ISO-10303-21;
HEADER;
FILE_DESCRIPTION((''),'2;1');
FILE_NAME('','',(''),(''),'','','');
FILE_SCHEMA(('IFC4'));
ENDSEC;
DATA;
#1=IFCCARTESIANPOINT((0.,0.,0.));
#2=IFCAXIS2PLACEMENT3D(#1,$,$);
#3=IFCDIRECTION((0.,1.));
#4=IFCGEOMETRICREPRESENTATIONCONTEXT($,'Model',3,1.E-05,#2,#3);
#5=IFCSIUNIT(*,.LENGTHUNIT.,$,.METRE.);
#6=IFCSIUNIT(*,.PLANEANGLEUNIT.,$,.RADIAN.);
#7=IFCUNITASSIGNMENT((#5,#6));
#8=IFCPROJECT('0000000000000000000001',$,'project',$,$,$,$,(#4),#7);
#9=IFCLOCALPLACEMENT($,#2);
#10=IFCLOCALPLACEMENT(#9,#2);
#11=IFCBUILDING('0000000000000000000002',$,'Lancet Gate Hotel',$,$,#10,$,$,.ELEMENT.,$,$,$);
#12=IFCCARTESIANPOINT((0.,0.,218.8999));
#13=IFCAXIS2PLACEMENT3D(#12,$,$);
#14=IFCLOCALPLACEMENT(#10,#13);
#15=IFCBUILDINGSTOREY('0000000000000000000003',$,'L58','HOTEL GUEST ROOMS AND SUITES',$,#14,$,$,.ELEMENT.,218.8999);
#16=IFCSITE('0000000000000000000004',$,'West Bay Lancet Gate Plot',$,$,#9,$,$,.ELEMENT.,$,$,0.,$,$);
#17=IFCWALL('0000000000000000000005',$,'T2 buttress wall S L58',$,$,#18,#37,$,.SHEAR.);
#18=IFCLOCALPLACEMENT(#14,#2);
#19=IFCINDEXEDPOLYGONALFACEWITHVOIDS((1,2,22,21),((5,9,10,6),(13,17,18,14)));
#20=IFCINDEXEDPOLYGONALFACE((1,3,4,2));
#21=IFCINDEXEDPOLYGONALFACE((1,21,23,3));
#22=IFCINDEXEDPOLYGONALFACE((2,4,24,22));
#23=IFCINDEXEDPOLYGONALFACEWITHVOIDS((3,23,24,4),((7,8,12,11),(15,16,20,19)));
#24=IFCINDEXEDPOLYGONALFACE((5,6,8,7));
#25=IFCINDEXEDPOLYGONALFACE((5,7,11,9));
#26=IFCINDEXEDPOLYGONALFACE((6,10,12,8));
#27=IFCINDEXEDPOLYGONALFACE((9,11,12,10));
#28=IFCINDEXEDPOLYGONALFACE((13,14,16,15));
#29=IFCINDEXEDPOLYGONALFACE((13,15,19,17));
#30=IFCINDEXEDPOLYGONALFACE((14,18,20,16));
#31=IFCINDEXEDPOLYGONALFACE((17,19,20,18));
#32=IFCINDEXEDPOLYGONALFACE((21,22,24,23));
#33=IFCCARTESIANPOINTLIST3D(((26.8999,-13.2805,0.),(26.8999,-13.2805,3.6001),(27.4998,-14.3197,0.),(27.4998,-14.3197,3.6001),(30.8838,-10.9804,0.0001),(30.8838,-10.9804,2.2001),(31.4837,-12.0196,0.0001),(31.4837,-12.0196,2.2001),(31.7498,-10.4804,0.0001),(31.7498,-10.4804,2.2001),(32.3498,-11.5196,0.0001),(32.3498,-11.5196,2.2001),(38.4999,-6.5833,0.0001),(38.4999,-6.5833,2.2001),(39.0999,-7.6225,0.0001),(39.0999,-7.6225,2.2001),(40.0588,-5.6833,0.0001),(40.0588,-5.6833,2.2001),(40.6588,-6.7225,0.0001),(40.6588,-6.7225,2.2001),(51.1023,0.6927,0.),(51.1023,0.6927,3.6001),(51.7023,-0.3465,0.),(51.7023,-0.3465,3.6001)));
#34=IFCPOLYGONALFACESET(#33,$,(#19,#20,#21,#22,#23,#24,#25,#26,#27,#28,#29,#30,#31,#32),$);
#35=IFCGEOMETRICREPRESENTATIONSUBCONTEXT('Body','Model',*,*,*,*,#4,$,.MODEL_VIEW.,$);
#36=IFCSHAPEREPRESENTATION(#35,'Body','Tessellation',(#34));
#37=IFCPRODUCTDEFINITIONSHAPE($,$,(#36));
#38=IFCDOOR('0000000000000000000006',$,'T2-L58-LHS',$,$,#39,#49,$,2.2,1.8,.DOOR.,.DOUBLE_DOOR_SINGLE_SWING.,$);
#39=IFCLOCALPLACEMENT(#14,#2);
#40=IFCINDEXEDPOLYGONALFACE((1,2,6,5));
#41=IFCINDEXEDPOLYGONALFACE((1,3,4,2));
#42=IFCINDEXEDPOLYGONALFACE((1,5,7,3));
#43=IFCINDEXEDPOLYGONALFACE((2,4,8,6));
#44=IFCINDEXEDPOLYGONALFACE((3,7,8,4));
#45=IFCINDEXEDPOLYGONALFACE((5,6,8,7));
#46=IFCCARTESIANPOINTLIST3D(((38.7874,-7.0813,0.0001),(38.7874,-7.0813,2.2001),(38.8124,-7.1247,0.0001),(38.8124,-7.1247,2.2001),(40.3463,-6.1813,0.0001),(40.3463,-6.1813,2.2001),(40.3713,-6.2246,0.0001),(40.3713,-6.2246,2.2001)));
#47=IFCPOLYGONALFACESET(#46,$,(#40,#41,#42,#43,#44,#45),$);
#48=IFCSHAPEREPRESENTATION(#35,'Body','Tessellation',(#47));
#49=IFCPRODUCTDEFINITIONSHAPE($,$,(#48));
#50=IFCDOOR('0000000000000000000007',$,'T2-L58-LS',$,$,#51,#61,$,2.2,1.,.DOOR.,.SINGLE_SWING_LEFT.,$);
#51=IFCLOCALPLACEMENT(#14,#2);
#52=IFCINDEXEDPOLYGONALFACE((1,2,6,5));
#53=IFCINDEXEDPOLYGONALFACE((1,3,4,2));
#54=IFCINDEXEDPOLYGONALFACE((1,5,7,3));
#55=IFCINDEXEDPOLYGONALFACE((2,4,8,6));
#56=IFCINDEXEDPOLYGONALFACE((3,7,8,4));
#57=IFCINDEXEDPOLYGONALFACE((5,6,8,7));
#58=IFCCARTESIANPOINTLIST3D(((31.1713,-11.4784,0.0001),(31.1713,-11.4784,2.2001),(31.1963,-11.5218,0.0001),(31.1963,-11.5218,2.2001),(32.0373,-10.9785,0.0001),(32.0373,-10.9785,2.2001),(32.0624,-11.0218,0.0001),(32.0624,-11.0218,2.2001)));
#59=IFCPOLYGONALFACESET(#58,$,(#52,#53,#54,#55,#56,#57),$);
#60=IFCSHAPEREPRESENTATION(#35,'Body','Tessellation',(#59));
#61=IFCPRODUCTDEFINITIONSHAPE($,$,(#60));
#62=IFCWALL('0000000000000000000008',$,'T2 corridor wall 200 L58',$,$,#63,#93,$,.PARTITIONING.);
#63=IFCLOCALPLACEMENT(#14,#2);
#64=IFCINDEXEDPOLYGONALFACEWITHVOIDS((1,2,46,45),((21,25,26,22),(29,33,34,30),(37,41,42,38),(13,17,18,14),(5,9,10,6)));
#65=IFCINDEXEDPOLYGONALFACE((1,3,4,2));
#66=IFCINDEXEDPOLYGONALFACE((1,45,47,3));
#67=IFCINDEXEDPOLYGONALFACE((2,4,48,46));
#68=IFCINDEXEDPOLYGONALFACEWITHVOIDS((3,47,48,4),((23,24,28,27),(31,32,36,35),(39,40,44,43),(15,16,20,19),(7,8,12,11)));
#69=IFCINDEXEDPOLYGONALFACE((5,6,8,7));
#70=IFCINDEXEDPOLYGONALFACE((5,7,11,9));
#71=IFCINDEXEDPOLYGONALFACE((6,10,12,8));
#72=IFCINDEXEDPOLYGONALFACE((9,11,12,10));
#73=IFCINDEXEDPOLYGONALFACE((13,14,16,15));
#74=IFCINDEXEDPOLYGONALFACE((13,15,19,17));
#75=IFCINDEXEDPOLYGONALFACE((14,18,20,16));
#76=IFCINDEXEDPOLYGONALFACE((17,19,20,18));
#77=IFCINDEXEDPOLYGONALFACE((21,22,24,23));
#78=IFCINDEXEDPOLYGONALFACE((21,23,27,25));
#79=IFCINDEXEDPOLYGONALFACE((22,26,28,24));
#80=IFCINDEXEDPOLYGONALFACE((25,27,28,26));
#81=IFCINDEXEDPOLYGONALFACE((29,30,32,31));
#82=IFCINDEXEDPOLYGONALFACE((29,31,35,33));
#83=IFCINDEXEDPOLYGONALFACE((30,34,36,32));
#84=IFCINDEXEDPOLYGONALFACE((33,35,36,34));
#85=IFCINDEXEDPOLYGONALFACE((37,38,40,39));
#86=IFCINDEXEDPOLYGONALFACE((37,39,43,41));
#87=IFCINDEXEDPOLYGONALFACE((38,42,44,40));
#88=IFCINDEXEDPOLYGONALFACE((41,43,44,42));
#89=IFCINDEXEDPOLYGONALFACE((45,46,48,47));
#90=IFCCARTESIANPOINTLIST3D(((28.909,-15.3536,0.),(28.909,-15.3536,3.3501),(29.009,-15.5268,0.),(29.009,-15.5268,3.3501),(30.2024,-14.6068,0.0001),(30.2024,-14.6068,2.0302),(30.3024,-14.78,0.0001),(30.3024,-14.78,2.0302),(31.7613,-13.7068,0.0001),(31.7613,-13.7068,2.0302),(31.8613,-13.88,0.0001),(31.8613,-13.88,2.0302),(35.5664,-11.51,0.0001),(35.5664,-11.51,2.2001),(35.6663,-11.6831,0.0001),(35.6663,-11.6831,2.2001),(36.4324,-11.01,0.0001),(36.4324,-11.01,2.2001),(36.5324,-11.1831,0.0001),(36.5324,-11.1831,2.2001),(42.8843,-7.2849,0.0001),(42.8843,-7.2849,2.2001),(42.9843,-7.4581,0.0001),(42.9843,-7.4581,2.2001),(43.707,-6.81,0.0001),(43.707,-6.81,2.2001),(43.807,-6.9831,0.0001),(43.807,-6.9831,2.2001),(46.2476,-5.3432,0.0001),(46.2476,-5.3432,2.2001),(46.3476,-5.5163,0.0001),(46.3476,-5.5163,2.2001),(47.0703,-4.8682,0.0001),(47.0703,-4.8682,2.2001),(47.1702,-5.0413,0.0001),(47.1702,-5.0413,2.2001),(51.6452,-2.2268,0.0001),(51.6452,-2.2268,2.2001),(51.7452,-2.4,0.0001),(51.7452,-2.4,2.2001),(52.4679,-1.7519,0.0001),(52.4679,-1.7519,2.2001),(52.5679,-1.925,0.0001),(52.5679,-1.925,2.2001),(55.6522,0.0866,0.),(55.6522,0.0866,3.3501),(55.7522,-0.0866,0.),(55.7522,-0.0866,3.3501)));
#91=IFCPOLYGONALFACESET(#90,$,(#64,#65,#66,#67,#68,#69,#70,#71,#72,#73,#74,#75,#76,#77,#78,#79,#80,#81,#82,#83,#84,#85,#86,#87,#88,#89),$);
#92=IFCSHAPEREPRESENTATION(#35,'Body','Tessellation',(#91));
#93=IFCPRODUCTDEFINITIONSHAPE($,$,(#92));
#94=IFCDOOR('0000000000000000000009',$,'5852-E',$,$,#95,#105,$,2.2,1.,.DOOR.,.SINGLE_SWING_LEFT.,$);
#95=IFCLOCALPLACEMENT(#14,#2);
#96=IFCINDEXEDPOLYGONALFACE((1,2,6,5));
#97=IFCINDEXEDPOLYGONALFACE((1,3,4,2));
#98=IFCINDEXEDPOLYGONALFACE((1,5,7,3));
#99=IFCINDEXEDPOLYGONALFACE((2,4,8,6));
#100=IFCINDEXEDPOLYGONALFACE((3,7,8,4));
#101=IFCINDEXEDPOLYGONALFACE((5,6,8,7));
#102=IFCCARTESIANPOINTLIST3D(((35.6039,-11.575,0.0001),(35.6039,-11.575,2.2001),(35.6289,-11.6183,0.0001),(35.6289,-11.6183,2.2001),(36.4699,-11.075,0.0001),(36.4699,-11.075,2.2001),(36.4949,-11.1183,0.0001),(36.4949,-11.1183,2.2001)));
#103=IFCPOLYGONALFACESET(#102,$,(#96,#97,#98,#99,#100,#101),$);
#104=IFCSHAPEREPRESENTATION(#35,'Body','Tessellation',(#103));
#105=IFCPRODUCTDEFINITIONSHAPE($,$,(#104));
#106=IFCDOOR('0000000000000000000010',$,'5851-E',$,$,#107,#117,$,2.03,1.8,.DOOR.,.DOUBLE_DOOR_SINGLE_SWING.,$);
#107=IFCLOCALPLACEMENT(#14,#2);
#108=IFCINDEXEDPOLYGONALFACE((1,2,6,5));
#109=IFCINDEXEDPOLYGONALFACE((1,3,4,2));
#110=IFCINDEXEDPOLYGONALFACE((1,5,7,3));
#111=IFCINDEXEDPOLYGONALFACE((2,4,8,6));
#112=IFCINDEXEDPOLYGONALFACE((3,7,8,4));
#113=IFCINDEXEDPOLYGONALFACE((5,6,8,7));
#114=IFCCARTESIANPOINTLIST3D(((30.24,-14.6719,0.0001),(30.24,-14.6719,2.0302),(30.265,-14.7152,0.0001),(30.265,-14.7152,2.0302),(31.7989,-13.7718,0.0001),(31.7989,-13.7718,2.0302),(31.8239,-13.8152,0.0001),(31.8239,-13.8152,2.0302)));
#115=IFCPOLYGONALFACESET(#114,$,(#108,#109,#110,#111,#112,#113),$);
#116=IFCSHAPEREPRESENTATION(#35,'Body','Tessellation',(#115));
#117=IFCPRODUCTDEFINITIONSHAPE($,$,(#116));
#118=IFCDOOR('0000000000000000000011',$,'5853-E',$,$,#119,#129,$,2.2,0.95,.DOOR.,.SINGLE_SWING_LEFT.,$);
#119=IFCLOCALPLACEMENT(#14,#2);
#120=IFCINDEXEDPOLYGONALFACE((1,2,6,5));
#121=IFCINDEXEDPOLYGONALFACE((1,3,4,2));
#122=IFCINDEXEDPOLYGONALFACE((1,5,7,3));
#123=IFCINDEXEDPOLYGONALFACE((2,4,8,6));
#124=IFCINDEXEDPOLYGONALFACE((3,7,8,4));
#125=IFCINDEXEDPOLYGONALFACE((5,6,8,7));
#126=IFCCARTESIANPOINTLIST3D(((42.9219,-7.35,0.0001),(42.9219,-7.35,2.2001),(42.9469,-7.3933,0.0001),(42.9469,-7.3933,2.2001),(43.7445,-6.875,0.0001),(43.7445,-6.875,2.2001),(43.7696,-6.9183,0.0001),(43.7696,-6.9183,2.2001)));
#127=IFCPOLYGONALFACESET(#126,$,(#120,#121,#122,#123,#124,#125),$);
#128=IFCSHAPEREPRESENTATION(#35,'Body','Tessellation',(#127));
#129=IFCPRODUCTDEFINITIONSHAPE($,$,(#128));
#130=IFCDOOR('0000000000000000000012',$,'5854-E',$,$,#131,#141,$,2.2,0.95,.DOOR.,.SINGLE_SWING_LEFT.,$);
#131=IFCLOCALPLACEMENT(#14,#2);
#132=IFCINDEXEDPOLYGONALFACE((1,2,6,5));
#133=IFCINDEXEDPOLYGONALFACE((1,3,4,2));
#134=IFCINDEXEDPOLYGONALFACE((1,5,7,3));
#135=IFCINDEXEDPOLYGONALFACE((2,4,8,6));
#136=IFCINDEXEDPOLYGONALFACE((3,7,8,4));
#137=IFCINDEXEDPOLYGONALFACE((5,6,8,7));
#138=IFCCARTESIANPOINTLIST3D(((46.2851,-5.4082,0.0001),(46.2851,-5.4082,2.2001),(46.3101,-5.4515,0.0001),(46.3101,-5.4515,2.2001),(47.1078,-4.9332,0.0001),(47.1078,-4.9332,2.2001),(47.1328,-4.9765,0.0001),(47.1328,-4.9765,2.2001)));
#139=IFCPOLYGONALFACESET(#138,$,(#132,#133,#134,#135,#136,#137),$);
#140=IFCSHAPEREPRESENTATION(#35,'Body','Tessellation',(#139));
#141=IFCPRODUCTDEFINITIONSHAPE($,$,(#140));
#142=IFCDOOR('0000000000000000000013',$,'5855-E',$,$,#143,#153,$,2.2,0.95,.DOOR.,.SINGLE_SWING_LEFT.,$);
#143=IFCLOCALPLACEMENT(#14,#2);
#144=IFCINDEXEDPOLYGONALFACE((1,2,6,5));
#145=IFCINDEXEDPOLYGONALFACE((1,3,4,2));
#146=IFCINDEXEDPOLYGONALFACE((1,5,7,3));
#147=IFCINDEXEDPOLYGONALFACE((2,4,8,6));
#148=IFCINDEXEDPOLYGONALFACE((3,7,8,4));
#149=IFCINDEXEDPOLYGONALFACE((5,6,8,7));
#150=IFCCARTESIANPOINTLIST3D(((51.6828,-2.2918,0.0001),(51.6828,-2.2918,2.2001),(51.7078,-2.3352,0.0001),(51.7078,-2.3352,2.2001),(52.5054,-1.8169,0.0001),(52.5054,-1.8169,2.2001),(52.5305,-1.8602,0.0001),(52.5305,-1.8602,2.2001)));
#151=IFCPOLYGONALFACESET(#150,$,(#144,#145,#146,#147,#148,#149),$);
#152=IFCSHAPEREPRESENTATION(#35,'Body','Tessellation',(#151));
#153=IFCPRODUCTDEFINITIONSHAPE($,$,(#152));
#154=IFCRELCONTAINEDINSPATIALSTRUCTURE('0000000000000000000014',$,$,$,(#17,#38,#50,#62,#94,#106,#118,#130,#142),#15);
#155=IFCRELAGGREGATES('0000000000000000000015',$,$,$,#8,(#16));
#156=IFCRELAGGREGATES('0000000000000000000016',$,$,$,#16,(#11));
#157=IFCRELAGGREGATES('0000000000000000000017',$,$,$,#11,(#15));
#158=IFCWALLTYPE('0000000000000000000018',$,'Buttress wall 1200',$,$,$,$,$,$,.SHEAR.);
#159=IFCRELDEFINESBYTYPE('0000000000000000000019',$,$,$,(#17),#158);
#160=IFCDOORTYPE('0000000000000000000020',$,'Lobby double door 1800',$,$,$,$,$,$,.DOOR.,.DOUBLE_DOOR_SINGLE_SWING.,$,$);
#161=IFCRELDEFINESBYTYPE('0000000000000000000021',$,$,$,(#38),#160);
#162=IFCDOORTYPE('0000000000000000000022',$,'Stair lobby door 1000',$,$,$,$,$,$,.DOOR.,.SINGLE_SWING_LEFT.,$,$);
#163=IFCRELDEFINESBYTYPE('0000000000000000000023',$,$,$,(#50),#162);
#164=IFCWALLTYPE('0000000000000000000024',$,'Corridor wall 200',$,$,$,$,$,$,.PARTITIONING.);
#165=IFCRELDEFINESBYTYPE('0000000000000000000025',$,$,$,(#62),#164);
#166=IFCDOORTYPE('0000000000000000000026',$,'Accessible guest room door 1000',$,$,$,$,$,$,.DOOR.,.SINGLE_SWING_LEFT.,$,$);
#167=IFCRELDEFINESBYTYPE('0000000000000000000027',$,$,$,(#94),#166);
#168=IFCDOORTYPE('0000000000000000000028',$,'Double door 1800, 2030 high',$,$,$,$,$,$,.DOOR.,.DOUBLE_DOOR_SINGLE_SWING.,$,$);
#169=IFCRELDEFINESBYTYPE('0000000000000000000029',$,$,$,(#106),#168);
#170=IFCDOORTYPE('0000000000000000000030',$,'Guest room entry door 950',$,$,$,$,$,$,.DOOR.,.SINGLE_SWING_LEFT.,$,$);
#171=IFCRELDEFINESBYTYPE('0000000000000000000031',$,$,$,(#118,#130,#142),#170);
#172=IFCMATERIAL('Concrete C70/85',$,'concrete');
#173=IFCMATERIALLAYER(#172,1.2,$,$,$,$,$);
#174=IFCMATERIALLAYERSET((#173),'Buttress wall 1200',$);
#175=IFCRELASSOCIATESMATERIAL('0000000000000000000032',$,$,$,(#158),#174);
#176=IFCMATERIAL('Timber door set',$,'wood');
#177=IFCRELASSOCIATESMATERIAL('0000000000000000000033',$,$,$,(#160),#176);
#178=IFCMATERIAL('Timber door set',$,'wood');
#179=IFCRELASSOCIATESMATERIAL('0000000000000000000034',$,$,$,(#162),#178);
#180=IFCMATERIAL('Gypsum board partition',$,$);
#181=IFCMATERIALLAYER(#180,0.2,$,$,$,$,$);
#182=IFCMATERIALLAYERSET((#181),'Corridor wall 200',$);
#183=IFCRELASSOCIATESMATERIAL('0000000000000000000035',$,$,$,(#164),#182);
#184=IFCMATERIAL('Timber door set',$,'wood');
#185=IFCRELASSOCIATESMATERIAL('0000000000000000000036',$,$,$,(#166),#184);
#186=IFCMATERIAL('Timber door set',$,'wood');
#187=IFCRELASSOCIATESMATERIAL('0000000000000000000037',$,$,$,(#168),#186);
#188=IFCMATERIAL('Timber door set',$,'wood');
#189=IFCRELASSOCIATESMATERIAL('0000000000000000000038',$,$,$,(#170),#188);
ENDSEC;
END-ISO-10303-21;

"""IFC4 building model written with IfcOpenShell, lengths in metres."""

from ifc_helpers import new_model, si_unit, direction, frame, frame_2d, origin, place, context, subcontext, project, spatial, rectangle, extrude, material, layer, layer_set, type_object, element, fill, save


model = new_model("IFC4")

# Units and contexts
model_context = context("Model", 3, precision=1e-05, world=origin(), true_north=direction((0.0, 1.0)))
body_context = subcontext(model_context, "Body", "Model", "MODEL_VIEW")
ifc_project = project(units=[si_unit("LENGTHUNIT", "METRE"), si_unit("PLANEANGLEUNIT", "RADIAN")], contexts=[model_context])

# Site, building, storey
site_placement = place(None, origin())
site = spatial("IfcSite", under=ifc_project, at=site_placement, Name="West Bay Lancet Gate Plot", CompositionType="ELEMENT", RefElevation=0.0)
building_placement = place(site_placement, origin())
building = spatial("IfcBuilding", under=site, at=building_placement, Name="Lancet Gate Hotel", CompositionType="ELEMENT")
storey_placement = place(building_placement, frame((0.0, 0.0, 218.8999)))
storey = spatial("IfcBuildingStorey", under=building, at=storey_placement, Name="L58", Description="HOTEL GUEST ROOMS AND SUITES", CompositionType="ELEMENT", Elevation=218.8999)

# Walls, openings, doors
ifc_material_1 = material(Name="Concrete C70/85", Category="concrete")
ifc_layer_1 = layer(ifc_material_1, 1.2)
ifc_layer_set_1 = layer_set([ifc_layer_1], Name="Buttress wall 1200")
wall_type_1 = type_object("IfcWallType", Name="Buttress wall 1200", PredefinedType="SHEAR", material=ifc_layer_set_1)
wall_1_placement = place(storey_placement, frame((27.2, -13.8, 0.0), z_axis=(0.0, 0.0, 1.0), x_axis=(0.866027, 0.499997, 0.0)))
wall_1 = element("IfcWall", 1, at=wall_1_placement, inside=storey, type_object=wall_type_1, Name="T2 buttress wall S L58", PredefinedType="SHEAR", context=body_context, shape_type="SweptSolid", body=[
    extrude(rectangle(XDim=27.9465, YDim=1.2, at=frame_2d((13.9731, 0.0))), origin(), (0.0, 0.0, 1.0), 3.6001),
])
opening_1_placement = place(wall_1_placement, frame((4.6001, 0.0, 0.0)))
opening_1 = element("IfcOpeningElement", 2, at=opening_1_placement, cuts=wall_1, PredefinedType="OPENING", context=body_context, shape_type="SweptSolid", body=[
    extrude(rectangle(XDim=1.0, YDim=2.2, at=frame_2d((0.5, 1.1001))), frame((0.0, 0.6099, 0.0), z_axis=(0.0, -1.0, 0.0), x_axis=(1.0, 0.0, 0.0)), (0.0, 0.0, 1.0), 1.22),
])
opening_2_placement = place(wall_1_placement, frame((13.3945, 0.0, 0.0)))
opening_2 = element("IfcOpeningElement", 3, at=opening_2_placement, cuts=wall_1, PredefinedType="OPENING", context=body_context, shape_type="SweptSolid", body=[
    extrude(rectangle(XDim=1.8, YDim=2.2, at=frame_2d((0.8999, 1.1001))), frame((0.0, 0.6099, 0.0), z_axis=(0.0, -1.0, 0.0), x_axis=(1.0, 0.0, 0.0)), (0.0, 0.0, 1.0), 1.22),
])
ifc_material_2 = material(Name="Timber door set", Category="wood")
door_type_1 = type_object("IfcDoorType", Name="Lobby double door 1800", OperationType="DOUBLE_DOOR_SINGLE_SWING", PredefinedType="DOOR", material=ifc_material_2)
door_1_placement = place(opening_2_placement, origin())
door_1 = element("IfcDoor", 4, at=door_1_placement, inside=storey, type_object=door_type_1, Name="T2-L58-LHS", OperationType="DOUBLE_DOOR_SINGLE_SWING", OverallHeight=2.2, OverallWidth=1.8, PredefinedType="DOOR", context=body_context, shape_type="SweptSolid", body=[
    extrude(rectangle(XDim=1.8, YDim=2.2, at=frame_2d((0.8999, 1.1001))), frame((0.0, 0.0249, 0.0), z_axis=(0.0, -1.0, 0.0), x_axis=(1.0, 0.0, 0.0)), (0.0, 0.0, 1.0), 0.05),
])
fill(opening_2, door_1)
ifc_material_3 = material(Name="Timber door set", Category="wood")
door_type_2 = type_object("IfcDoorType", Name="Stair lobby door 1000", OperationType="SINGLE_SWING_LEFT", PredefinedType="DOOR", material=ifc_material_3)
door_2_placement = place(opening_1_placement, origin())
door_2 = element("IfcDoor", 5, at=door_2_placement, inside=storey, type_object=door_type_2, Name="T2-L58-LS", OperationType="SINGLE_SWING_LEFT", OverallHeight=2.2, OverallWidth=1.0, PredefinedType="DOOR", context=body_context, shape_type="SweptSolid", body=[
    extrude(rectangle(XDim=1.0, YDim=2.2, at=frame_2d((0.5, 1.1001))), frame((0.0, 0.0249, 0.0), z_axis=(0.0, -1.0, 0.0), x_axis=(1.0, 0.0, 0.0)), (0.0, 0.0, 1.0), 0.05),
])
fill(opening_1, door_2)
ifc_material_4 = material(Name="Gypsum board partition")
ifc_layer_2 = layer(ifc_material_4, 0.2)
ifc_layer_set_2 = layer_set([ifc_layer_2], Name="Corridor wall 200")
wall_type_2 = type_object("IfcWallType", Name="Corridor wall 200", PredefinedType="PARTITIONING", material=ifc_layer_set_2)
wall_2_placement = place(storey_placement, frame((28.959, -15.4402, 0.0), z_axis=(0.0, 0.0, 1.0), x_axis=(0.866025, 0.5, 0.0)))
wall_2 = element("IfcWall", 6, at=wall_2_placement, inside=storey, type_object=wall_type_2, Name="T2 corridor wall 200 L58", PredefinedType="PARTITIONING", context=body_context, shape_type="SweptSolid", body=[
    extrude(rectangle(XDim=30.8804, YDim=0.2, at=frame_2d((15.4402, 0.0))), origin(), (0.0, 0.0, 1.0), 3.3501),
])
opening_3_placement = place(wall_2_placement, frame((1.4937, 0.0, 0.0)))
opening_3 = element("IfcOpeningElement", 7, at=opening_3_placement, cuts=wall_2, PredefinedType="OPENING", context=body_context, shape_type="SweptSolid", body=[
    extrude(rectangle(XDim=1.8, YDim=2.03, at=frame_2d((0.8999, 1.0151))), frame((0.0, 0.1099, 0.0), z_axis=(0.0, -1.0, 0.0), x_axis=(1.0, 0.0, 0.0)), (0.0, 0.0, 1.0), 0.22),
])
opening_4_placement = place(wall_2_placement, frame((7.6873, 0.0, 0.0)))
opening_4 = element("IfcOpeningElement", 8, at=opening_4_placement, cuts=wall_2, PredefinedType="OPENING", context=body_context, shape_type="SweptSolid", body=[
    extrude(rectangle(XDim=1.0, YDim=2.2, at=frame_2d((0.5, 1.1001))), frame((0.0, 0.1099, 0.0), z_axis=(0.0, -1.0, 0.0), x_axis=(1.0, 0.0, 0.0)), (0.0, 0.0, 1.0), 0.22),
])
opening_5_placement = place(wall_2_placement, frame((16.1372, 0.0, 0.0)))
opening_5 = element("IfcOpeningElement", 9, at=opening_5_placement, cuts=wall_2, PredefinedType="OPENING", context=body_context, shape_type="SweptSolid", body=[
    extrude(rectangle(XDim=0.95, YDim=2.2, at=frame_2d((0.4751, 1.1001))), frame((0.0, 0.1099, 0.0), z_axis=(0.0, -1.0, 0.0), x_axis=(1.0, 0.0, 0.0)), (0.0, 0.0, 1.0), 0.22),
])
opening_6_placement = place(wall_2_placement, frame((20.0208, 0.0, 0.0)))
opening_6 = element("IfcOpeningElement", 10, at=opening_6_placement, cuts=wall_2, PredefinedType="OPENING", context=body_context, shape_type="SweptSolid", body=[
    extrude(rectangle(XDim=0.95, YDim=2.2, at=frame_2d((0.4751, 1.1001))), frame((0.0, 0.1099, 0.0), z_axis=(0.0, -1.0, 0.0), x_axis=(1.0, 0.0, 0.0)), (0.0, 0.0, 1.0), 0.22),
])
opening_7_placement = place(wall_2_placement, frame((26.2534, 0.0, 0.0)))
opening_7 = element("IfcOpeningElement", 11, at=opening_7_placement, cuts=wall_2, PredefinedType="OPENING", context=body_context, shape_type="SweptSolid", body=[
    extrude(rectangle(XDim=0.95, YDim=2.2, at=frame_2d((0.4751, 1.1001))), frame((0.0, 0.1099, 0.0), z_axis=(0.0, -1.0, 0.0), x_axis=(1.0, 0.0, 0.0)), (0.0, 0.0, 1.0), 0.22),
])
ifc_material_5 = material(Name="Timber door set", Category="wood")
door_type_3 = type_object("IfcDoorType", Name="Accessible guest room door 1000", OperationType="SINGLE_SWING_LEFT", PredefinedType="DOOR", material=ifc_material_5)
door_3_placement = place(opening_4_placement, origin())
door_3 = element("IfcDoor", 12, at=door_3_placement, inside=storey, type_object=door_type_3, Name="5852-E", OperationType="SINGLE_SWING_LEFT", OverallHeight=2.2, OverallWidth=1.0, PredefinedType="DOOR", context=body_context, shape_type="SweptSolid", body=[
    extrude(rectangle(XDim=1.0, YDim=2.2, at=frame_2d((0.5, 1.1001))), frame((0.0, 0.0249, 0.0), z_axis=(0.0, -1.0, 0.0), x_axis=(1.0, 0.0, 0.0)), (0.0, 0.0, 1.0), 0.05),
])
fill(opening_4, door_3)
ifc_material_6 = material(Name="Timber door set", Category="wood")
door_type_4 = type_object("IfcDoorType", Name="Double door 1800, 2030 high", OperationType="DOUBLE_DOOR_SINGLE_SWING", PredefinedType="DOOR", material=ifc_material_6)
door_4_placement = place(opening_3_placement, origin())
door_4 = element("IfcDoor", 13, at=door_4_placement, inside=storey, type_object=door_type_4, Name="5851-E", OperationType="DOUBLE_DOOR_SINGLE_SWING", OverallHeight=2.03, OverallWidth=1.8, PredefinedType="DOOR", context=body_context, shape_type="SweptSolid", body=[
    extrude(rectangle(XDim=1.8, YDim=2.03, at=frame_2d((0.8999, 1.0151))), frame((0.0, 0.0249, 0.0), z_axis=(0.0, -1.0, 0.0), x_axis=(1.0, 0.0, 0.0)), (0.0, 0.0, 1.0), 0.05),
])
fill(opening_3, door_4)
ifc_material_7 = material(Name="Timber door set", Category="wood")
door_type_5 = type_object("IfcDoorType", Name="Guest room entry door 950", OperationType="SINGLE_SWING_LEFT", PredefinedType="DOOR", material=ifc_material_7)
door_5_placement = place(opening_5_placement, origin())
door_5 = element("IfcDoor", 14, at=door_5_placement, inside=storey, type_object=door_type_5, Name="5853-E", OperationType="SINGLE_SWING_LEFT", OverallHeight=2.2, OverallWidth=0.95, PredefinedType="DOOR", context=body_context, shape_type="SweptSolid", body=[
    extrude(rectangle(XDim=0.95, YDim=2.2, at=frame_2d((0.4751, 1.1001))), frame((0.0, 0.0249, 0.0), z_axis=(0.0, -1.0, 0.0), x_axis=(1.0, 0.0, 0.0)), (0.0, 0.0, 1.0), 0.05),
])
fill(opening_5, door_5)
door_6_placement = place(opening_6_placement, origin())
door_6 = element("IfcDoor", 15, at=door_6_placement, inside=storey, type_object=door_type_5, Name="5854-E", OperationType="SINGLE_SWING_LEFT", OverallHeight=2.2, OverallWidth=0.95, PredefinedType="DOOR", context=body_context, shape_type="SweptSolid", body=[
    extrude(rectangle(XDim=0.95, YDim=2.2, at=frame_2d((0.4751, 1.1001))), frame((0.0, 0.0249, 0.0), z_axis=(0.0, -1.0, 0.0), x_axis=(1.0, 0.0, 0.0)), (0.0, 0.0, 1.0), 0.05),
])
fill(opening_6, door_6)
door_7_placement = place(opening_7_placement, origin())
door_7 = element("IfcDoor", 16, at=door_7_placement, inside=storey, type_object=door_type_5, Name="5855-E", OperationType="SINGLE_SWING_LEFT", OverallHeight=2.2, OverallWidth=0.95, PredefinedType="DOOR", context=body_context, shape_type="SweptSolid", body=[
    extrude(rectangle(XDim=0.95, YDim=2.2, at=frame_2d((0.4751, 1.1001))), frame((0.0, 0.0249, 0.0), z_axis=(0.0, -1.0, 0.0), x_axis=(1.0, 0.0, 0.0)), (0.0, 0.0, 1.0), 0.05),
])
fill(opening_7, door_7)

save(model, "model.ifc")
